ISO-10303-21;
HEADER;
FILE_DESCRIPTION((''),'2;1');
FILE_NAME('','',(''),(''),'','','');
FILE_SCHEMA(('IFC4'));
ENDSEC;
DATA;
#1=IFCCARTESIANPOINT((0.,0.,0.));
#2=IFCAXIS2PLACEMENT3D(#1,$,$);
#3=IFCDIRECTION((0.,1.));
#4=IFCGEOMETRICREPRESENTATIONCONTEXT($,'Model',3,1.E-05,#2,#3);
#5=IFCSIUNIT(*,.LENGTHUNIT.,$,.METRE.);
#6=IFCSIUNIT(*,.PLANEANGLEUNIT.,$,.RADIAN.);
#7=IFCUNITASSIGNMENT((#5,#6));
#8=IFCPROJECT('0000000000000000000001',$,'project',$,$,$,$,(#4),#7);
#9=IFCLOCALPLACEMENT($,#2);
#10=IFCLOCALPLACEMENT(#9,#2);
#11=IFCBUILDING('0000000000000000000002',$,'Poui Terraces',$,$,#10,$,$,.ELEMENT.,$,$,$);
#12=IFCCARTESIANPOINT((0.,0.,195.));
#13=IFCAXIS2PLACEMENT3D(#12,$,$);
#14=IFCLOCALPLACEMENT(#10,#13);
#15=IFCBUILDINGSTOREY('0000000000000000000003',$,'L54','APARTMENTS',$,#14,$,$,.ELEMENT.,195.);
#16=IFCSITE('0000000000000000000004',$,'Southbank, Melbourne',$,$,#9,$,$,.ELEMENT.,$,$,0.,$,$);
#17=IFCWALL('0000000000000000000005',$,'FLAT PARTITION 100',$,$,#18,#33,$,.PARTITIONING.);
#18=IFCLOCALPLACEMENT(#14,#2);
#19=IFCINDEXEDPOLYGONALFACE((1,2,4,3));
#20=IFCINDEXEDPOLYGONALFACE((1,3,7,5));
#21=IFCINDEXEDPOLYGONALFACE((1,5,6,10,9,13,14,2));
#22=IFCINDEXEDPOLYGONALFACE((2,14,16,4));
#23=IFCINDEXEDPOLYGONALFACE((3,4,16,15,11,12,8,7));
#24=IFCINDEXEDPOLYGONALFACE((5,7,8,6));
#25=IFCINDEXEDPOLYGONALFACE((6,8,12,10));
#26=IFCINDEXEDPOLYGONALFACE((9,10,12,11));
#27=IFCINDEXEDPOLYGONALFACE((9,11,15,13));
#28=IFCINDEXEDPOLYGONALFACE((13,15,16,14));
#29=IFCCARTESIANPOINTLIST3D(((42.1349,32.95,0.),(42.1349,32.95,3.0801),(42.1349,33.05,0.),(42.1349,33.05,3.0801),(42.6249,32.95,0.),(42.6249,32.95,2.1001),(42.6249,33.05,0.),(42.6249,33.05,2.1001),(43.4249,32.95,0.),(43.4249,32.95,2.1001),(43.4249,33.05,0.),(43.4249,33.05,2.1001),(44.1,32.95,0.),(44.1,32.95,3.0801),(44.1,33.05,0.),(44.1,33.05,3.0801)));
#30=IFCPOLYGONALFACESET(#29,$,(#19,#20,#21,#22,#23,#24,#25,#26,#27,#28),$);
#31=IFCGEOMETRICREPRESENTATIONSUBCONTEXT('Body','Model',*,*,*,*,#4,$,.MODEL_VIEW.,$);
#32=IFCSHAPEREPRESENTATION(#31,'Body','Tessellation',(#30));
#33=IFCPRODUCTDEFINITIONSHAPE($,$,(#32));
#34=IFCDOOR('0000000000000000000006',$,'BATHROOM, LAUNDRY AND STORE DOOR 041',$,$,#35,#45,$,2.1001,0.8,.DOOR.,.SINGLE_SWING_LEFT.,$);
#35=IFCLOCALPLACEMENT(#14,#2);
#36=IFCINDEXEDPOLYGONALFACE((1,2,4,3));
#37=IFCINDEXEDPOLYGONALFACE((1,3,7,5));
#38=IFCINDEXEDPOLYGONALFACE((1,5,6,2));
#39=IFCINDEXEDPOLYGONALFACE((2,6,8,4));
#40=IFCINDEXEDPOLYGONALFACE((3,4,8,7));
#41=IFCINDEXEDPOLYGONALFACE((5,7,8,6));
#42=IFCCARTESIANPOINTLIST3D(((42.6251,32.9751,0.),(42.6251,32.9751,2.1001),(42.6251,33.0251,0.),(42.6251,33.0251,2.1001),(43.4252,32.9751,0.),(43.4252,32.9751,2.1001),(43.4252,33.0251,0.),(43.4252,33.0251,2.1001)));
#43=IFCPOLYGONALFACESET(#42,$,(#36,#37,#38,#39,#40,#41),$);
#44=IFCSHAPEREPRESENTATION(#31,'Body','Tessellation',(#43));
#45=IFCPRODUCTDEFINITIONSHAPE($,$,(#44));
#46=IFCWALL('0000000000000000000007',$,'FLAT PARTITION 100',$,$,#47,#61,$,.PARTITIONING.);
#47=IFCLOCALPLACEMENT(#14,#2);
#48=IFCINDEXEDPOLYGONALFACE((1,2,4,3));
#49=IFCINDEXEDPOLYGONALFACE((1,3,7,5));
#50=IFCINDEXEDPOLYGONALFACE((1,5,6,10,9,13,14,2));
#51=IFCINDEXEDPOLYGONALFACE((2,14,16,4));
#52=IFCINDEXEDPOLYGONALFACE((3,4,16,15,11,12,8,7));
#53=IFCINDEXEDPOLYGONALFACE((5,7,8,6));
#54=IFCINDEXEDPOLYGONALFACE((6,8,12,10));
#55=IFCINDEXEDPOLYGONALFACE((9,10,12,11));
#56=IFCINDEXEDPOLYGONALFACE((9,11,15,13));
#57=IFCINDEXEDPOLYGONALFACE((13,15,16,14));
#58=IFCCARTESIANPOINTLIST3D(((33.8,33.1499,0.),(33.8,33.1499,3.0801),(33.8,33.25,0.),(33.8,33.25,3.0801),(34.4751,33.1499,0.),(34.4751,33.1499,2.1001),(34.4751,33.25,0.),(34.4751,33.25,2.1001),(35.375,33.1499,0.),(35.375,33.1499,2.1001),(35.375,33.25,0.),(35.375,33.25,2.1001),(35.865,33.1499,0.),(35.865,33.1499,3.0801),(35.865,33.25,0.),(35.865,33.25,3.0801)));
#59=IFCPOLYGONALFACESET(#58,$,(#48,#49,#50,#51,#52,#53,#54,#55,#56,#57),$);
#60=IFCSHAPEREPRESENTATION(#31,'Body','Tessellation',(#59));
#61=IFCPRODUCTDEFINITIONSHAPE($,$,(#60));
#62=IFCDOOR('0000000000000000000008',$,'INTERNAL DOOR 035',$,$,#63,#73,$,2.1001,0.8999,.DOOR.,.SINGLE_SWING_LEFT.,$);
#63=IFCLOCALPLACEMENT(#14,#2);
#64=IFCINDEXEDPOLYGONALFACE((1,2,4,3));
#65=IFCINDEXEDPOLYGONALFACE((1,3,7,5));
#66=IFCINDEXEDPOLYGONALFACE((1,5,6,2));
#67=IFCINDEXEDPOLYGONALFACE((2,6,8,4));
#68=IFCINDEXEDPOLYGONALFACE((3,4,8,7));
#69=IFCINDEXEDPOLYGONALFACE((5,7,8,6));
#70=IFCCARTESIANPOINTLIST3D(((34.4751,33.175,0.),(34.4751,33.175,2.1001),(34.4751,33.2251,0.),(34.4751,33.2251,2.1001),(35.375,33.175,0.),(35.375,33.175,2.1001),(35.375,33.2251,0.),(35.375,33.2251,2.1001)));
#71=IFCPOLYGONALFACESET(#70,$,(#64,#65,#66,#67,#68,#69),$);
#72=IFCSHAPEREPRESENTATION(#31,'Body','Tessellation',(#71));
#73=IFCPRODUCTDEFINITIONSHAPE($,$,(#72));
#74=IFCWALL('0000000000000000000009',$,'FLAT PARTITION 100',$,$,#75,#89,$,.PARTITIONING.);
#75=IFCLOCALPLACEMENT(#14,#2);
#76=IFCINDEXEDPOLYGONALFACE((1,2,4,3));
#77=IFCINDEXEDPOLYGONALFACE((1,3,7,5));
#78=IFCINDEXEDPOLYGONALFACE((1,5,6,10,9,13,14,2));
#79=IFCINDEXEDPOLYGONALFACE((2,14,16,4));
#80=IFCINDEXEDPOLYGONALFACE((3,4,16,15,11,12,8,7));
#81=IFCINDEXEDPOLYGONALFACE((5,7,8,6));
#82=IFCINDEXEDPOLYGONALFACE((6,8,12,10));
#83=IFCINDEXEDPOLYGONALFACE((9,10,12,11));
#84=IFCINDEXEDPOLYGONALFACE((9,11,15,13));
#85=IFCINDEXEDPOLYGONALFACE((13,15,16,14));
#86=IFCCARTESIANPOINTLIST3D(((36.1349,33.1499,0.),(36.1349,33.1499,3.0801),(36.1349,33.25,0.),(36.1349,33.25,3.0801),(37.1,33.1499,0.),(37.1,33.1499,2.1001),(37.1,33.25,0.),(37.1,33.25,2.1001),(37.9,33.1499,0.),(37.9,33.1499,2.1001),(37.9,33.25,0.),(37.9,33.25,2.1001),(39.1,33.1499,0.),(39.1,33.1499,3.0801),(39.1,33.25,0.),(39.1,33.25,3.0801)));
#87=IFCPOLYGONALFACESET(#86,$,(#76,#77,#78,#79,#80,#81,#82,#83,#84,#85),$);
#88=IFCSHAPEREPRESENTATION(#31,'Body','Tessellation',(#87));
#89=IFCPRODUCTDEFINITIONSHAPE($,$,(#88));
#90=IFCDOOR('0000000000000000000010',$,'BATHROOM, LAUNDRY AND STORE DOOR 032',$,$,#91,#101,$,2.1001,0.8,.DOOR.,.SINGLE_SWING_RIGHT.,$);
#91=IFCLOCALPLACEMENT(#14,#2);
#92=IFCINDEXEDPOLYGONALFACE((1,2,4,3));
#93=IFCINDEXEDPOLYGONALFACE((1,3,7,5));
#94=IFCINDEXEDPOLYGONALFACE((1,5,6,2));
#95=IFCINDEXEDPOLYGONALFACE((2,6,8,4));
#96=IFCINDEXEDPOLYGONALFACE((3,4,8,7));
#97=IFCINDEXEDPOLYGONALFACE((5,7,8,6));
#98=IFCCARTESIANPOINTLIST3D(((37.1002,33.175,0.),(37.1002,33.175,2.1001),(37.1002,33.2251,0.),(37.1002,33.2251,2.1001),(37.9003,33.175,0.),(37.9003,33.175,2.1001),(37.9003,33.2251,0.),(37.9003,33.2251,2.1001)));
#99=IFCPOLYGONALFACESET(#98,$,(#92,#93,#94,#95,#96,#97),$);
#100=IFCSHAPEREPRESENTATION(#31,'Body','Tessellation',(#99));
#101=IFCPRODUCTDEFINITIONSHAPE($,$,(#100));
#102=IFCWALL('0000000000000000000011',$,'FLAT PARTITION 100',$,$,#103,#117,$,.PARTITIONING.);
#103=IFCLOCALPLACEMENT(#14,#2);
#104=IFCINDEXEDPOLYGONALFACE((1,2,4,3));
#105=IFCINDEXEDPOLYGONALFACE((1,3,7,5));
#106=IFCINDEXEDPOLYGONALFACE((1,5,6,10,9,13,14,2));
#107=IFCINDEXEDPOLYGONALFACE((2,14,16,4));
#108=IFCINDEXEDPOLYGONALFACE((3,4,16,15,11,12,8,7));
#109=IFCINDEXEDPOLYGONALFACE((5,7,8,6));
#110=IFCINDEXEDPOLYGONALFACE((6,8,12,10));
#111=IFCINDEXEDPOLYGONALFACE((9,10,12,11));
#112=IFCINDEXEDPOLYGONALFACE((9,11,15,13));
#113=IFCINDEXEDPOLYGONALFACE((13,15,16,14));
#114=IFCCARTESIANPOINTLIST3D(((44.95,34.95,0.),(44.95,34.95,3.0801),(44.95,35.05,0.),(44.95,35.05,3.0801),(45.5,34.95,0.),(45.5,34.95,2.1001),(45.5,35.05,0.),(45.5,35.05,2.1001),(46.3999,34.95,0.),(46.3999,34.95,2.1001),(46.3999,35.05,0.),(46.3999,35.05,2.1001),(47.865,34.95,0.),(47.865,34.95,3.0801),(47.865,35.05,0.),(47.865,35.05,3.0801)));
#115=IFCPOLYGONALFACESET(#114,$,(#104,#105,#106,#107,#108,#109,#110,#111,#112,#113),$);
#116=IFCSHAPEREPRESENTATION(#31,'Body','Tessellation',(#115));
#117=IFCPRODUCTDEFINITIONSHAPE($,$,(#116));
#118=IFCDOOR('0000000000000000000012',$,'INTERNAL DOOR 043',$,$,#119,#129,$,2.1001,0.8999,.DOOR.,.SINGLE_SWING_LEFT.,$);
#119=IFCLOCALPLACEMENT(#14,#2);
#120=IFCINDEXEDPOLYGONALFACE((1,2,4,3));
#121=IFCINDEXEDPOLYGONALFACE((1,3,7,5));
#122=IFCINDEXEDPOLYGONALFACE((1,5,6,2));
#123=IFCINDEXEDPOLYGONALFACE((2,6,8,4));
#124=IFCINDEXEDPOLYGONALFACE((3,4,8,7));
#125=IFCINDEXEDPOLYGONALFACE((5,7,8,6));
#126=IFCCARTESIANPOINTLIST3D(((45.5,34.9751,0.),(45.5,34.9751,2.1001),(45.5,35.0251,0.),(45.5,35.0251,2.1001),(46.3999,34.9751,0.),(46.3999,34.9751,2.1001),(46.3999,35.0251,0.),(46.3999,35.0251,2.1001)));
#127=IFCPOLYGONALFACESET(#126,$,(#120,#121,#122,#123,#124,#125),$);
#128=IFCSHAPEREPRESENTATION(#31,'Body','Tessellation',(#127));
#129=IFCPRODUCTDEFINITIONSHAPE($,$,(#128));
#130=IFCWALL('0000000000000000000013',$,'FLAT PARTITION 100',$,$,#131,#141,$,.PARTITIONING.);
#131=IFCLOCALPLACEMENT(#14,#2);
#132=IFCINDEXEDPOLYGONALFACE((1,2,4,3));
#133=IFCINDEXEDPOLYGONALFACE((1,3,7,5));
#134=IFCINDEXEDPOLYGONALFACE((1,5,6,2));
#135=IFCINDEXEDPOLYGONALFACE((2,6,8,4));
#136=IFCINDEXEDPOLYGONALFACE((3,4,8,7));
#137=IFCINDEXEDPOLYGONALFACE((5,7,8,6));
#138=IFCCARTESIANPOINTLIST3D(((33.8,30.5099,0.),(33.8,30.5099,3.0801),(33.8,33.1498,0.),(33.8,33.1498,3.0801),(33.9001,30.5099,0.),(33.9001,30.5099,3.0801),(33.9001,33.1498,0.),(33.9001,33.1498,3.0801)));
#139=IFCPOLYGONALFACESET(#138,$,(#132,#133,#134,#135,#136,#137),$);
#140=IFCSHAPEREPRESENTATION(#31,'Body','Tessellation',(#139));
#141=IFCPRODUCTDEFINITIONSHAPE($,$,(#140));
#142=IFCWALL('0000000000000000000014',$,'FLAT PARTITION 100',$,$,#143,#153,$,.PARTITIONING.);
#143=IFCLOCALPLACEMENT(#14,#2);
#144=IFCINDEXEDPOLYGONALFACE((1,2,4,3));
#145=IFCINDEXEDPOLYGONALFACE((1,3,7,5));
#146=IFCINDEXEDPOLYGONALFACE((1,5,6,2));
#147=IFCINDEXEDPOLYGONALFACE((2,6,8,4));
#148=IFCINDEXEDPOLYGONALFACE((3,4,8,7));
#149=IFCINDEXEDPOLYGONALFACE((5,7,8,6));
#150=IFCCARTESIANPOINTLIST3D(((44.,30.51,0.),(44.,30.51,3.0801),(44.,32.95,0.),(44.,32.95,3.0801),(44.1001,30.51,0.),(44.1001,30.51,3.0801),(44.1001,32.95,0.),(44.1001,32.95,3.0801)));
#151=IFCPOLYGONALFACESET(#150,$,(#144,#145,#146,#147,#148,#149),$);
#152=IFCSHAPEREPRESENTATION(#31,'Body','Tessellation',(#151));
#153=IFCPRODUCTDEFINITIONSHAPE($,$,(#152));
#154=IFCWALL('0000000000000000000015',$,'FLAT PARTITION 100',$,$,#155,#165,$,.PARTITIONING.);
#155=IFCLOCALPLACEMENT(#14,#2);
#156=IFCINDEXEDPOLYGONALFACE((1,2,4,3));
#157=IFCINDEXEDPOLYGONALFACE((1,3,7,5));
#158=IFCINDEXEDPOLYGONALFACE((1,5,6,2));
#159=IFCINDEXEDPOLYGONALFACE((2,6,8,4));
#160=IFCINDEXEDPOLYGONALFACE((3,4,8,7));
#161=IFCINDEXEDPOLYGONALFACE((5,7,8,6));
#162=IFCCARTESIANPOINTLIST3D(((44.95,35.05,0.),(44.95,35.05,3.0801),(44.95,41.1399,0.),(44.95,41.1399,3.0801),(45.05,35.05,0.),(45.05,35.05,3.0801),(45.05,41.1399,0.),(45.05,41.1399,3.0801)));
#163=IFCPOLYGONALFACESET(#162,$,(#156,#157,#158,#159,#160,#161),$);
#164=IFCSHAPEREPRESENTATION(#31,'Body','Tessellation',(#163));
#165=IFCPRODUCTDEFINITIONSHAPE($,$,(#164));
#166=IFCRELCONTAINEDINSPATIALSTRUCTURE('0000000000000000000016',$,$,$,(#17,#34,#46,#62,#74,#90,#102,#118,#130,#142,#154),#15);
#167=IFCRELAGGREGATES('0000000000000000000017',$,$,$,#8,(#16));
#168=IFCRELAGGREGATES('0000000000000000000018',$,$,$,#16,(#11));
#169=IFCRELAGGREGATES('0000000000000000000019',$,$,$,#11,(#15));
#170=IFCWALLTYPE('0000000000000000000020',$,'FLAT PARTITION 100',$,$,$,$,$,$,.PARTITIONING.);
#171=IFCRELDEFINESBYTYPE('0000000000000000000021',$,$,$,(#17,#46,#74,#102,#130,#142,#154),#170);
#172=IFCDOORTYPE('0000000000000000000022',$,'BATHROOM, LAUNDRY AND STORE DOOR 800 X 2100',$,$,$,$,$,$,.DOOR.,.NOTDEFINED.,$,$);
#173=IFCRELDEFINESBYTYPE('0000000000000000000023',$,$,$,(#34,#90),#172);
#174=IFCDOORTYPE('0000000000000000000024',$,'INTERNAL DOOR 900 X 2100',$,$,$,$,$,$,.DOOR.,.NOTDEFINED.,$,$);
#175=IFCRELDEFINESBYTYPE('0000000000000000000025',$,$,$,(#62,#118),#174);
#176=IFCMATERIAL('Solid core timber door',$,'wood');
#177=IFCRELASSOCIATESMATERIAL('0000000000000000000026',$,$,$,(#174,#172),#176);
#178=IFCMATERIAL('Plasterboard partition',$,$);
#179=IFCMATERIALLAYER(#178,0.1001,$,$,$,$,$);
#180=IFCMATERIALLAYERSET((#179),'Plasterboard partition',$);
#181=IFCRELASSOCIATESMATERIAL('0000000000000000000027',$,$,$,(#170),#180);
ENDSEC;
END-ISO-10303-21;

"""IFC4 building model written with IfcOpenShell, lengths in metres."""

from ifc_helpers import new_model, si_unit, direction, frame, frame_2d, origin, place, context, subcontext, project, spatial, rectangle, extrude, material, layer, layer_set, type_object, element, fill, save


model = new_model("IFC4")

# Units and contexts
model_context = context("Model", 3, precision=1e-05, world=origin(), true_north=direction((0.0, 1.0)))
body_context = subcontext(model_context, "Body", "Model", "MODEL_VIEW")
ifc_project = project(units=[si_unit("LENGTHUNIT", "METRE"), si_unit("PLANEANGLEUNIT", "RADIAN")], contexts=[model_context])

# Site, building, storey
site_placement = place(None, origin())
site = spatial("IfcSite", under=ifc_project, at=site_placement, Name="Southbank, Melbourne", CompositionType="ELEMENT", RefElevation=0.0)
building_placement = place(site_placement, origin())
building = spatial("IfcBuilding", under=site, at=building_placement, Name="Poui Terraces", CompositionType="ELEMENT")
storey_placement = place(building_placement, frame((0.0, 0.0, 195.0)))
storey = spatial("IfcBuildingStorey", under=building, at=storey_placement, Name="L54", Description="APARTMENTS", CompositionType="ELEMENT", Elevation=195.0)

# Walls, openings, doors
ifc_material_1 = material(Name="Solid core timber door", Category="wood")
door_type_1 = type_object("IfcDoorType", Name="INTERNAL DOOR 900 X 2100", OperationType="NOTDEFINED", PredefinedType="DOOR", material=ifc_material_1)
ifc_material_2 = material(Name="Plasterboard partition")
ifc_layer_1 = layer(ifc_material_2, 0.1001)
ifc_layer_set_1 = layer_set([ifc_layer_1], Name="Plasterboard partition")
wall_type_1 = type_object("IfcWallType", Name="FLAT PARTITION 100", PredefinedType="PARTITIONING", material=ifc_layer_set_1)
door_type_2 = type_object("IfcDoorType", Name="BATHROOM, LAUNDRY AND STORE DOOR 800 X 2100", OperationType="NOTDEFINED", PredefinedType="DOOR", material=ifc_material_1)
wall_1_placement = place(storey_placement, frame((42.135, 33.0, 0.0), z_axis=(0.0, 0.0, 1.0), x_axis=(1.0, 0.0, 0.0)))
wall_1 = element("IfcWall", 1, at=wall_1_placement, inside=storey, type_object=wall_type_1, Name="FLAT PARTITION 100", PredefinedType="PARTITIONING", context=body_context, shape_type="SweptSolid", body=[
    extrude(rectangle(XDim=1.9651, YDim=0.1001, at=frame_2d((0.9824, 0.0))), origin(), (0.0, 0.0, 1.0), 3.0801),
])
opening_1_placement = place(wall_1_placement, frame((0.49, 0.0, 0.0)))
opening_1 = element("IfcOpeningElement", 2, at=opening_1_placement, cuts=wall_1, PredefinedType="OPENING", context=body_context, shape_type="SweptSolid", body=[
    extrude(rectangle(XDim=0.8, YDim=2.1001, at=frame_2d((0.3999, 1.05))), frame((0.0, 0.0601, 0.0), z_axis=(0.0, -1.0, 0.0), x_axis=(1.0, 0.0, 0.0)), (0.0, 0.0, 1.0), 0.1201),
])
door_1_placement = place(opening_1_placement, frame((0.8, 0.0, 0.0), z_axis=(0.0, 0.0, 1.0), x_axis=(-1.0, 0.0, 0.0)))
door_1 = element("IfcDoor", 3, at=door_1_placement, inside=storey, type_object=door_type_2, Name="BATHROOM, LAUNDRY AND STORE DOOR 041", OperationType="SINGLE_SWING_LEFT", OverallHeight=2.1001, OverallWidth=0.8, PredefinedType="DOOR", context=body_context, shape_type="SweptSolid", body=[
    extrude(rectangle(XDim=0.8, YDim=2.1001, at=frame_2d((0.3999, 1.05))), frame((0.0, 0.0249, 0.0), z_axis=(0.0, -1.0, 0.0), x_axis=(1.0, 0.0, 0.0)), (0.0, 0.0, 1.0), 0.05),
])
fill(opening_1, door_1)
wall_2_placement = place(storey_placement, frame((33.8, 33.2, 0.0), z_axis=(0.0, 0.0, 1.0), x_axis=(1.0, 0.0, 0.0)))
wall_2 = element("IfcWall", 4, at=wall_2_placement, inside=storey, type_object=wall_type_1, Name="FLAT PARTITION 100", PredefinedType="PARTITIONING", context=body_context, shape_type="SweptSolid", body=[
    extrude(rectangle(XDim=2.0649, YDim=0.1001, at=frame_2d((1.0325, 0.0))), origin(), (0.0, 0.0, 1.0), 3.0801),
])
opening_2_placement = place(wall_2_placement, frame((0.675, 0.0, 0.0)))
opening_2 = element("IfcOpeningElement", 5, at=opening_2_placement, cuts=wall_2, PredefinedType="OPENING", context=body_context, shape_type="SweptSolid", body=[
    extrude(rectangle(XDim=0.8999, YDim=2.1001, at=frame_2d((0.45, 1.05))), frame((0.0, 0.0601, 0.0), z_axis=(0.0, -1.0, 0.0), x_axis=(1.0, 0.0, 0.0)), (0.0, 0.0, 1.0), 0.1201),
])
door_2_placement = place(opening_2_placement, frame((0.8999, 0.0, 0.0), z_axis=(0.0, 0.0, 1.0), x_axis=(-1.0, 0.0, 0.0)))
door_2 = element("IfcDoor", 6, at=door_2_placement, inside=storey, type_object=door_type_1, Name="INTERNAL DOOR 035", OperationType="SINGLE_SWING_LEFT", OverallHeight=2.1001, OverallWidth=0.8999, PredefinedType="DOOR", context=body_context, shape_type="SweptSolid", body=[
    extrude(rectangle(XDim=0.8999, YDim=2.1001, at=frame_2d((0.45, 1.05))), frame((0.0, 0.0249, 0.0), z_axis=(0.0, -1.0, 0.0), x_axis=(1.0, 0.0, 0.0)), (0.0, 0.0, 1.0), 0.05),
])
fill(opening_2, door_2)
wall_3_placement = place(storey_placement, frame((36.135, 33.2, 0.0), z_axis=(0.0, 0.0, 1.0), x_axis=(1.0, 0.0, 0.0)))
wall_3 = element("IfcWall", 7, at=wall_3_placement, inside=storey, type_object=wall_type_1, Name="FLAT PARTITION 100", PredefinedType="PARTITIONING", context=body_context, shape_type="SweptSolid", body=[
    extrude(rectangle(XDim=2.9651, YDim=0.1001, at=frame_2d((1.4824, 0.0))), origin(), (0.0, 0.0, 1.0), 3.0801),
])
opening_3_placement = place(wall_3_placement, frame((0.9651, 0.0, 0.0)))
opening_3 = element("IfcOpeningElement", 8, at=opening_3_placement, cuts=wall_3, PredefinedType="OPENING", context=body_context, shape_type="SweptSolid", body=[
    extrude(rectangle(XDim=0.8, YDim=2.1001, at=frame_2d((0.3999, 1.05))), frame((0.0, 0.0601, 0.0), z_axis=(0.0, -1.0, 0.0), x_axis=(1.0, 0.0, 0.0)), (0.0, 0.0, 1.0), 0.1201),
])
door_3_placement = place(opening_3_placement, frame((0.8, 0.0, 0.0), z_axis=(0.0, 0.0, 1.0), x_axis=(-1.0, 0.0, 0.0)))
door_3 = element("IfcDoor", 9, at=door_3_placement, inside=storey, type_object=door_type_2, Name="BATHROOM, LAUNDRY AND STORE DOOR 032", OperationType="SINGLE_SWING_RIGHT", OverallHeight=2.1001, OverallWidth=0.8, PredefinedType="DOOR", context=body_context, shape_type="SweptSolid", body=[
    extrude(rectangle(XDim=0.8, YDim=2.1001, at=frame_2d((0.3999, 1.05))), frame((0.0, 0.0249, 0.0), z_axis=(0.0, -1.0, 0.0), x_axis=(1.0, 0.0, 0.0)), (0.0, 0.0, 1.0), 0.05),
])
fill(opening_3, door_3)
wall_4_placement = place(storey_placement, frame((44.95, 35.0, 0.0), z_axis=(0.0, 0.0, 1.0), x_axis=(1.0, 0.0, 0.0)))
wall_4 = element("IfcWall", 10, at=wall_4_placement, inside=storey, type_object=wall_type_1, Name="FLAT PARTITION 100", PredefinedType="PARTITIONING", context=body_context, shape_type="SweptSolid", body=[
    extrude(rectangle(XDim=2.915, YDim=0.1001, at=frame_2d((1.4575, 0.0))), origin(), (0.0, 0.0, 1.0), 3.0801),
])
opening_4_placement = place(wall_4_placement, frame((0.55, 0.0, 0.0)))
opening_4 = element("IfcOpeningElement", 11, at=opening_4_placement, cuts=wall_4, PredefinedType="OPENING", context=body_context, shape_type="SweptSolid", body=[
    extrude(rectangle(XDim=0.8999, YDim=2.1001, at=frame_2d((0.45, 1.05))), frame((0.0, 0.0601, 0.0), z_axis=(0.0, -1.0, 0.0), x_axis=(1.0, 0.0, 0.0)), (0.0, 0.0, 1.0), 0.1201),
])
door_4_placement = place(opening_4_placement, frame((0.8999, 0.0, 0.0), z_axis=(0.0, 0.0, 1.0), x_axis=(-1.0, 0.0, 0.0)))
door_4 = element("IfcDoor", 12, at=door_4_placement, inside=storey, type_object=door_type_1, Name="INTERNAL DOOR 043", OperationType="SINGLE_SWING_LEFT", OverallHeight=2.1001, OverallWidth=0.8999, PredefinedType="DOOR", context=body_context, shape_type="SweptSolid", body=[
    extrude(rectangle(XDim=0.8999, YDim=2.1001, at=frame_2d((0.45, 1.05))), frame((0.0, 0.0249, 0.0), z_axis=(0.0, -1.0, 0.0), x_axis=(1.0, 0.0, 0.0)), (0.0, 0.0, 1.0), 0.05),
])
fill(opening_4, door_4)

# Walls
wall_5_placement = place(storey_placement, frame((33.8501, 30.51, 0.0), z_axis=(0.0, 0.0, 1.0), x_axis=(0.0, 1.0, 0.0)))
element("IfcWall", 13, at=wall_5_placement, inside=storey, type_object=wall_type_1, Name="FLAT PARTITION 100", PredefinedType="PARTITIONING", context=body_context, shape_type="SweptSolid", body=[
    extrude(rectangle(XDim=2.6399, YDim=0.1001, at=frame_2d((1.3198, 0.0))), origin(), (0.0, 0.0, 1.0), 3.0801),
])
wall_6_placement = place(storey_placement, frame((44.05, 30.51, 0.0), z_axis=(0.0, 0.0, 1.0), x_axis=(0.0, 1.0, 0.0)))
element("IfcWall", 14, at=wall_6_placement, inside=storey, type_object=wall_type_1, Name="FLAT PARTITION 100", PredefinedType="PARTITIONING", context=body_context, shape_type="SweptSolid", body=[
    extrude(rectangle(XDim=2.4399, YDim=0.1001, at=frame_2d((1.22, 0.0))), origin(), (0.0, 0.0, 1.0), 3.0801),
])
wall_7_placement = place(storey_placement, frame((45.0, 35.05, 0.0), z_axis=(0.0, 0.0, 1.0), x_axis=(0.0, 1.0, 0.0)))
element("IfcWall", 15, at=wall_7_placement, inside=storey, type_object=wall_type_1, Name="FLAT PARTITION 100", PredefinedType="PARTITIONING", context=body_context, shape_type="SweptSolid", body=[
    extrude(rectangle(XDim=6.0898, YDim=0.1001, at=frame_2d((3.0449, 0.0))), origin(), (0.0, 0.0, 1.0), 3.0801),
])

save(model, "model.ifc")
